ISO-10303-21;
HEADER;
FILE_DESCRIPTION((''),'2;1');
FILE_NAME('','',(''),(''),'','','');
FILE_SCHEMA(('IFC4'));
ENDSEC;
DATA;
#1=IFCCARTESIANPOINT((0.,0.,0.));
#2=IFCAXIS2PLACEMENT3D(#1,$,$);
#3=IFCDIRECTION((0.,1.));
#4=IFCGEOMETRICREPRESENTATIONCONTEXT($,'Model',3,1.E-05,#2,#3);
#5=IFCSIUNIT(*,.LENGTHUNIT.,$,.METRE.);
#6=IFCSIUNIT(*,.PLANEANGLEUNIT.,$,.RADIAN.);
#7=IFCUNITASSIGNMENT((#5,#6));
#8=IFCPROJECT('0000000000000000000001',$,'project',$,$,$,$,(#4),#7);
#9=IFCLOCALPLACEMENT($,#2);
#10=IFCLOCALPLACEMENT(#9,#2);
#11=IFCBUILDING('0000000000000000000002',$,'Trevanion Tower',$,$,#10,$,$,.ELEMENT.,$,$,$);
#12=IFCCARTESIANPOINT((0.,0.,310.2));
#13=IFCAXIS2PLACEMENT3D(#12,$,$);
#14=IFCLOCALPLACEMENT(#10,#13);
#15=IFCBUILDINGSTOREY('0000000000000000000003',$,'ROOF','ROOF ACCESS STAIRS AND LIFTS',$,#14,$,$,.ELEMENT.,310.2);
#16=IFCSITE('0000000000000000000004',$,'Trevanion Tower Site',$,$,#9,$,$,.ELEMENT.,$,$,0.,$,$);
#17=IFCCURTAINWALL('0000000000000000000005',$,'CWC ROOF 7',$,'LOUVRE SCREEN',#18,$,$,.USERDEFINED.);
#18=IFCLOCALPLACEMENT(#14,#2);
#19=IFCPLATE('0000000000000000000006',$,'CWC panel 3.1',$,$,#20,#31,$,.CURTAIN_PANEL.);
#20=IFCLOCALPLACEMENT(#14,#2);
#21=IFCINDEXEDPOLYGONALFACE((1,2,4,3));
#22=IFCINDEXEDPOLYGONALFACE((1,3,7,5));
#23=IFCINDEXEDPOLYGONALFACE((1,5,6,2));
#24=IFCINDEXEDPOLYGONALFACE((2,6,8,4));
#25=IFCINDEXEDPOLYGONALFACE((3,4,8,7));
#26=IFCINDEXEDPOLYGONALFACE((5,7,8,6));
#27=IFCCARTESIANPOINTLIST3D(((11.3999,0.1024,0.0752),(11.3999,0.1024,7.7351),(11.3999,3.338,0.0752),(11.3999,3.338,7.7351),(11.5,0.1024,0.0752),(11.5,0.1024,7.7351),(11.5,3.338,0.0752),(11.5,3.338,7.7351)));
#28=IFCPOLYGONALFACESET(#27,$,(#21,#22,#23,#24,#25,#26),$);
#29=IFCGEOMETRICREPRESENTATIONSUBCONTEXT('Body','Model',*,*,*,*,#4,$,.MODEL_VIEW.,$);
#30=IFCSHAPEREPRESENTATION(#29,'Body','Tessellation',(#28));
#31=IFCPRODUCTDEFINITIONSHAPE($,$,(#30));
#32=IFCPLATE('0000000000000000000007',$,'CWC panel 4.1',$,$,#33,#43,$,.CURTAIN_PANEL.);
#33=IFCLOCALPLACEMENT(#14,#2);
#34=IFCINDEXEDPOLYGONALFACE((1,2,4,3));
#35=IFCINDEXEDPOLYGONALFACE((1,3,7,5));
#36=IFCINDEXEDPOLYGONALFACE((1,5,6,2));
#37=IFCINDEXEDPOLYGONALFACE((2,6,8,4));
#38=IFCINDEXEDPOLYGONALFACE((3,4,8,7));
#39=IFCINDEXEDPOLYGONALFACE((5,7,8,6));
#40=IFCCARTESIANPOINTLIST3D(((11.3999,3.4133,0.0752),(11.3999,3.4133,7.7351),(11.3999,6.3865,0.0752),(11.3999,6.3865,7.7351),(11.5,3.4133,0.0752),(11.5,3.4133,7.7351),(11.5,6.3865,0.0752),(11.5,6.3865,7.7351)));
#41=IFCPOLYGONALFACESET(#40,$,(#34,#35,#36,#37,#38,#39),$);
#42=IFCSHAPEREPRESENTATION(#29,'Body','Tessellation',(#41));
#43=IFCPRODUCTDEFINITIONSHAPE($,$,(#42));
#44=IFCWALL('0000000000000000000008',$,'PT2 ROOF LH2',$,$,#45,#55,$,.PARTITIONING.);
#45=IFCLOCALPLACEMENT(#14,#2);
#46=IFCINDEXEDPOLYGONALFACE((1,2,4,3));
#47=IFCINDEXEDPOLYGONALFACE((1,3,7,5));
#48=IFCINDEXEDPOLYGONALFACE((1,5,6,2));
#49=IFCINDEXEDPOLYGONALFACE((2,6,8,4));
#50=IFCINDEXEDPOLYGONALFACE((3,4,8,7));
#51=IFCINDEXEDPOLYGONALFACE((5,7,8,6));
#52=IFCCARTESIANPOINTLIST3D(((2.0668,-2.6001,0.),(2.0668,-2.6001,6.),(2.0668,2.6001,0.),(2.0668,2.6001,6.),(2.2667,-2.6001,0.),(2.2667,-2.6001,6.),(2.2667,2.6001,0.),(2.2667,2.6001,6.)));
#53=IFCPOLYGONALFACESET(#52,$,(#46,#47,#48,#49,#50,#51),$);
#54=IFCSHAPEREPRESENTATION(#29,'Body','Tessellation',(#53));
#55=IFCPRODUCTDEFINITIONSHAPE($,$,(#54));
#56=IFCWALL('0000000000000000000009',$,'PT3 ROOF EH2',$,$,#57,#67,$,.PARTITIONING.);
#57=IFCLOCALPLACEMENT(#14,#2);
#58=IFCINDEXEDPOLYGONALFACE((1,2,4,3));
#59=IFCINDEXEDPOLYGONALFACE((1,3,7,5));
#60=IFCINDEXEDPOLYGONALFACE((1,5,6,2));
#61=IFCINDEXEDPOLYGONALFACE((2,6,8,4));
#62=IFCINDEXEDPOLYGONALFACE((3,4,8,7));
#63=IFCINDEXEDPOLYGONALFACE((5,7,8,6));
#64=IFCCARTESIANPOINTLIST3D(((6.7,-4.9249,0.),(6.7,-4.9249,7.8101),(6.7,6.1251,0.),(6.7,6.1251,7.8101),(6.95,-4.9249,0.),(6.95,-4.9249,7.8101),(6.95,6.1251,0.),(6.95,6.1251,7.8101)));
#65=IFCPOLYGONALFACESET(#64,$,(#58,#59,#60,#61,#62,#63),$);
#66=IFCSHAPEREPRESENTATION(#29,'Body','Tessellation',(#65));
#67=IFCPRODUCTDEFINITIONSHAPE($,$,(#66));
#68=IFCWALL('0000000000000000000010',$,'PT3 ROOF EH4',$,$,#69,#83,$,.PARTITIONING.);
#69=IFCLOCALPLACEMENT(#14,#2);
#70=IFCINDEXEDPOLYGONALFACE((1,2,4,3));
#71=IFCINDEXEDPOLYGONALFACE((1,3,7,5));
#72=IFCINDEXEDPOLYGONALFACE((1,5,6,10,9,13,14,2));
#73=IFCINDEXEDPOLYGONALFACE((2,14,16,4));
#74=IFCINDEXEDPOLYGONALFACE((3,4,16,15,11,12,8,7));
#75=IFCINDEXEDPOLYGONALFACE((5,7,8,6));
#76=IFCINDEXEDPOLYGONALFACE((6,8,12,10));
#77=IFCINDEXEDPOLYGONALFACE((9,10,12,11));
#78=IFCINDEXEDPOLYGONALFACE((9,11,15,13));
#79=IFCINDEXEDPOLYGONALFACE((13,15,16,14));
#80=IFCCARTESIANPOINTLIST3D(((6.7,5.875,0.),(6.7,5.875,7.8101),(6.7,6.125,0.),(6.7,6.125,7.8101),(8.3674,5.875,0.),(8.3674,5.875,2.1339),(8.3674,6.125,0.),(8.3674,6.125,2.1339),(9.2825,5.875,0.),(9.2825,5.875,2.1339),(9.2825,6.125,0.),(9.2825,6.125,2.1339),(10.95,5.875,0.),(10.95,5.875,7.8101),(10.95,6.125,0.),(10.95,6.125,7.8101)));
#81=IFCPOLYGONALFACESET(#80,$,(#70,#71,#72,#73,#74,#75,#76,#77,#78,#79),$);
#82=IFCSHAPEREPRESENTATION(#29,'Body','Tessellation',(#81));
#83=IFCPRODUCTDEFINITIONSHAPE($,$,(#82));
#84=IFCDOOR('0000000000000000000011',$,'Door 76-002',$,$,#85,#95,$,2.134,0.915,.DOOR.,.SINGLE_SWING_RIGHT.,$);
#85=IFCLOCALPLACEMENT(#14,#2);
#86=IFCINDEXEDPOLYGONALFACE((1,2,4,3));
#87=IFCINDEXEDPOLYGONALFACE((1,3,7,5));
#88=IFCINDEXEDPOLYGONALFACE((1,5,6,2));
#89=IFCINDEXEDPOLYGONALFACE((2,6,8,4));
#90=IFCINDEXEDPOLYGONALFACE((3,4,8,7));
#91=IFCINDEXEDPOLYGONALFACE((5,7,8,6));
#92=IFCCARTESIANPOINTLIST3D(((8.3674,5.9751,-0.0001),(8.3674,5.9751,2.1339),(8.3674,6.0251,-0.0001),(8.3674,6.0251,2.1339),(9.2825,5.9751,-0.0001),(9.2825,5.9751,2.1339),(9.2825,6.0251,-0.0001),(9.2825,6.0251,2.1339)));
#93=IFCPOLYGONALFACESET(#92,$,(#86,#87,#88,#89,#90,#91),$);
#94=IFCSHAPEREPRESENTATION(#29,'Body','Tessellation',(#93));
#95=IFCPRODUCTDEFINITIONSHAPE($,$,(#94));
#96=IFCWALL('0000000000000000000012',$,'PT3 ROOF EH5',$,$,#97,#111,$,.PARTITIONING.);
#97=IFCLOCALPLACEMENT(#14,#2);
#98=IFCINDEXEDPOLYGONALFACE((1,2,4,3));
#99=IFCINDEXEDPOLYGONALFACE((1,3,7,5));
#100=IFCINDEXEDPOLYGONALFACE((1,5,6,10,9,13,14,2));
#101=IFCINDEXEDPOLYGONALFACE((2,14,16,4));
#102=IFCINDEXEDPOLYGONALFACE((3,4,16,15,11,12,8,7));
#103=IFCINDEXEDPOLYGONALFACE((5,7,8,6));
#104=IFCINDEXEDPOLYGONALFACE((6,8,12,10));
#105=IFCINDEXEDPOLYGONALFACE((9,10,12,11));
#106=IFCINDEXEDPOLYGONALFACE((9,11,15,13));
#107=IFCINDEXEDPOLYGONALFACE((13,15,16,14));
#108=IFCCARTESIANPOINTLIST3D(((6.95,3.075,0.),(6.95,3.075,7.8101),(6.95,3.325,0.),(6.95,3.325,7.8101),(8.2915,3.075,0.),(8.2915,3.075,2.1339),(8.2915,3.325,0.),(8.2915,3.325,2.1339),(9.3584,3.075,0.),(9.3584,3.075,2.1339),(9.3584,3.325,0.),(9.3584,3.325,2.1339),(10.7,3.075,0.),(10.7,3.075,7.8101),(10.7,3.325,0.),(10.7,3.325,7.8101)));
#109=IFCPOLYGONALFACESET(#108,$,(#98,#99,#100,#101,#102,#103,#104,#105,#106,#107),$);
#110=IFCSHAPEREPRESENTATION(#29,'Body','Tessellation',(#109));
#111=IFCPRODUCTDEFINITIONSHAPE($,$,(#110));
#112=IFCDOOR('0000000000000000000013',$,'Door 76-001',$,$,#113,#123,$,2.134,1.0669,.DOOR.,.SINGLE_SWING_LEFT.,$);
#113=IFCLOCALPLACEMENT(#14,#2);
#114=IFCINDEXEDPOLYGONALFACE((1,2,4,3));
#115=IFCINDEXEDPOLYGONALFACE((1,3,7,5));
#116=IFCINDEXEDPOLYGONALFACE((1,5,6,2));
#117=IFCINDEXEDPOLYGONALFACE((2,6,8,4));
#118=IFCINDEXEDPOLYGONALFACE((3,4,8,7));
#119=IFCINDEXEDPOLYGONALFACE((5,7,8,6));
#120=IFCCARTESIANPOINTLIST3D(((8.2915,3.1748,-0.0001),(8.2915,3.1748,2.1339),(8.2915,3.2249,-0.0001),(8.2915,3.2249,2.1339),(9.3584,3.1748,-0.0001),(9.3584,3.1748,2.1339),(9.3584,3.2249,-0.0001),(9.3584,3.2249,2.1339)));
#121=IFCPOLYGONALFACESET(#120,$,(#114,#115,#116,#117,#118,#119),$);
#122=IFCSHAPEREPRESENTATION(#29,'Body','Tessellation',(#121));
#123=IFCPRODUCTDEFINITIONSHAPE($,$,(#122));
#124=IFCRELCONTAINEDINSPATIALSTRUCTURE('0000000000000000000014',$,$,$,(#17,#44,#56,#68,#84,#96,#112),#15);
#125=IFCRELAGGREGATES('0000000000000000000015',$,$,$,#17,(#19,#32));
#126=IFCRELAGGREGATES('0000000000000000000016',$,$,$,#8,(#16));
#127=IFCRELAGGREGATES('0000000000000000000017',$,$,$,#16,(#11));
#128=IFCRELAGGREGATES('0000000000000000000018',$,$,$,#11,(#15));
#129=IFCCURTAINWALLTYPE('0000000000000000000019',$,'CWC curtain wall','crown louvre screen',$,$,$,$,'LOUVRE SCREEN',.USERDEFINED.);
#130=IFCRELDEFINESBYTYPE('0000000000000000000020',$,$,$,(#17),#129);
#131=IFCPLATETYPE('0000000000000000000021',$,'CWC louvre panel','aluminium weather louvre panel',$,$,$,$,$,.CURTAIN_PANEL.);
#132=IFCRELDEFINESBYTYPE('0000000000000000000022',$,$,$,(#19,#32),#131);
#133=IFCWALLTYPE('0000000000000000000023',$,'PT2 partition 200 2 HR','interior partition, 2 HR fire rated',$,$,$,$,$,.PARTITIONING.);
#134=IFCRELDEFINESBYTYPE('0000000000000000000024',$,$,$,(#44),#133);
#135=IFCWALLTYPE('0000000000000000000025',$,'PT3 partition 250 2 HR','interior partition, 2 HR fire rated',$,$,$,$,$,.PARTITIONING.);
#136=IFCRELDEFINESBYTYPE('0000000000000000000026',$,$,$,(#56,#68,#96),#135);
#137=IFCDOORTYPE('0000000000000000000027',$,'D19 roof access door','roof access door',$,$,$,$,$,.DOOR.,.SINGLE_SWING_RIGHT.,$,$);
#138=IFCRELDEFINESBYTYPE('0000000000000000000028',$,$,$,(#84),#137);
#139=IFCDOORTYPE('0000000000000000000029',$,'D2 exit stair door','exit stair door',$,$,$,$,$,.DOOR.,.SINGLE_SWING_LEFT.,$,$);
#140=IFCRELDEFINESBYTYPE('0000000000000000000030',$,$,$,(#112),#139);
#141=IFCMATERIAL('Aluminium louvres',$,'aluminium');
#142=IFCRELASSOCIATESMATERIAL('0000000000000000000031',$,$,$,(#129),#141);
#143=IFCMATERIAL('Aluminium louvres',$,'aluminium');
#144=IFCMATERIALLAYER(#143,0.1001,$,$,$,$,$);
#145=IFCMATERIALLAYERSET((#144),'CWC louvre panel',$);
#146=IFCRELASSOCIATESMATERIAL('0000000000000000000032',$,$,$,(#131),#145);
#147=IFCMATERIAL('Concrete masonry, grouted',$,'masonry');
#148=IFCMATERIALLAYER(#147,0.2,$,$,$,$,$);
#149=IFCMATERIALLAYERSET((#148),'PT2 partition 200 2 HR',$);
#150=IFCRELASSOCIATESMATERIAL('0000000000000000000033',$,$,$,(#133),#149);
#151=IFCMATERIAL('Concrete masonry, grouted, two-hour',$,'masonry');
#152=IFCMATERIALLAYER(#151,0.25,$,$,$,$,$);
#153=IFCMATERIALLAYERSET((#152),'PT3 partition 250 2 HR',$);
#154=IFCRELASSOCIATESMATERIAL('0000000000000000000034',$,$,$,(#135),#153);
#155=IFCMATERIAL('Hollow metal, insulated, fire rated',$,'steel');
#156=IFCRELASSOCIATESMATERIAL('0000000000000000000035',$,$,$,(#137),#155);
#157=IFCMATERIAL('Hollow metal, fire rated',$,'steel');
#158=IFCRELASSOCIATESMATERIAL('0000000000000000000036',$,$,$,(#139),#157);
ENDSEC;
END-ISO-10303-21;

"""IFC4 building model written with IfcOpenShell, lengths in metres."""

from ifc_helpers import new_model, si_unit, direction, frame, frame_2d, origin, origin_2d, place, context, subcontext, project, spatial, rectangle, extrude, material, layer, layer_set, type_object, element, fill, aggregate, save


model = new_model("IFC4")

# Units and contexts
model_context = context("Model", 3, precision=1e-05, world=origin(), true_north=direction((0.0, 1.0)))
body_context = subcontext(model_context, "Body", "Model", "MODEL_VIEW")
ifc_project = project(units=[si_unit("LENGTHUNIT", "METRE"), si_unit("PLANEANGLEUNIT", "RADIAN")], contexts=[model_context])

# Site, building, storey
site_placement = place(None, origin())
site = spatial("IfcSite", under=ifc_project, at=site_placement, Name="Trevanion Tower Site", CompositionType="ELEMENT", RefElevation=0.0)
building_placement = place(site_placement, origin())
building = spatial("IfcBuilding", under=site, at=building_placement, Name="Trevanion Tower", CompositionType="ELEMENT")
storey_placement = place(building_placement, frame((0.0, 0.0, 310.2)))
storey = spatial("IfcBuildingStorey", under=building, at=storey_placement, Name="ROOF", Description="ROOF ACCESS STAIRS AND LIFTS", CompositionType="ELEMENT", Elevation=310.2)

# Curtain wall
ifc_material_1 = material(Name="Aluminium louvres", Category="aluminium")
curtain_wall_type = type_object("IfcCurtainWallType", Name="CWC curtain wall", Description="crown louvre screen", ElementType="LOUVRE SCREEN", PredefinedType="USERDEFINED", material=ifc_material_1)
curtain_wall_placement = place(storey_placement, origin())
curtain_wall = element("IfcCurtainWall", 1, at=curtain_wall_placement, inside=storey, type_object=curtain_wall_type, Name="CWC ROOF 7", ObjectType="LOUVRE SCREEN", PredefinedType="USERDEFINED")

# Plates
ifc_material_2 = material(Name="Aluminium louvres", Category="aluminium")
ifc_layer_1 = layer(ifc_material_2, 0.1001)
ifc_layer_set_1 = layer_set([ifc_layer_1], Name="CWC louvre panel")
plate_type = type_object("IfcPlateType", Name="CWC louvre panel", Description="aluminium weather louvre panel", PredefinedType="CURTAIN_PANEL", material=ifc_layer_set_1)
plate_1_placement = place(storey_placement, frame((11.45, 1.7202, 0.0752), z_axis=(0.0, 0.0, 1.0), x_axis=(0.0, 1.0, 0.0)))
plate_1 = element("IfcPlate", 2, at=plate_1_placement, type_object=plate_type, Name="CWC panel 3.1", PredefinedType="CURTAIN_PANEL", context=body_context, shape_type="SweptSolid", body=[
    extrude(rectangle(XDim=3.2356, YDim=0.1001, at=origin_2d()), origin(), (0.0, 0.0, 1.0), 7.6599),
])
plate_2_placement = place(storey_placement, frame((11.45, 4.8999, 0.0752), z_axis=(0.0, 0.0, 1.0), x_axis=(0.0, 1.0, 0.0)))
plate_2 = element("IfcPlate", 3, at=plate_2_placement, type_object=plate_type, Name="CWC panel 4.1", PredefinedType="CURTAIN_PANEL", context=body_context, shape_type="SweptSolid", body=[
    extrude(rectangle(XDim=2.9731, YDim=0.1001, at=origin_2d()), origin(), (0.0, 0.0, 1.0), 7.6599),
])
aggregate(curtain_wall, [plate_1, plate_2])

# Walls
ifc_material_3 = material(Name="Concrete masonry, grouted", Category="masonry")
ifc_layer_2 = layer(ifc_material_3, 0.2)
ifc_layer_set_2 = layer_set([ifc_layer_2], Name="PT2 partition 200 2 HR")
wall_type_1 = type_object("IfcWallType", Name="PT2 partition 200 2 HR", Description="interior partition, 2 HR fire rated", PredefinedType="PARTITIONING", material=ifc_layer_set_2)
wall_1_placement = place(storey_placement, frame((2.1667, 2.6001, 0.0), z_axis=(0.0, 0.0, 1.0), x_axis=(0.0, -1.0, 0.0)))
element("IfcWall", 4, at=wall_1_placement, inside=storey, type_object=wall_type_1, Name="PT2 ROOF LH2", PredefinedType="PARTITIONING", context=body_context, shape_type="SweptSolid", body=[
    extrude(rectangle(XDim=5.2002, YDim=0.2, at=frame_2d((2.6001, 0.0))), origin(), (0.0, 0.0, 1.0), 6.0),
])
ifc_material_4 = material(Name="Concrete masonry, grouted, two-hour", Category="masonry")
ifc_layer_3 = layer(ifc_material_4, 0.25)
ifc_layer_set_3 = layer_set([ifc_layer_3], Name="PT3 partition 250 2 HR")
wall_type_2 = type_object("IfcWallType", Name="PT3 partition 250 2 HR", Description="interior partition, 2 HR fire rated", PredefinedType="PARTITIONING", material=ifc_layer_set_3)
wall_2_placement = place(storey_placement, frame((6.825, 6.125, 0.0), z_axis=(0.0, 0.0, 1.0), x_axis=(0.0, -1.0, 0.0)))
element("IfcWall", 5, at=wall_2_placement, inside=storey, type_object=wall_type_2, Name="PT3 ROOF EH2", PredefinedType="PARTITIONING", context=body_context, shape_type="SweptSolid", body=[
    extrude(rectangle(XDim=11.05, YDim=0.25, at=frame_2d((5.5249, 0.0))), origin(), (0.0, 0.0, 1.0), 7.8101),
])

# Walls, openings, doors
wall_3_placement = place(storey_placement, frame((10.95, 6.0, 0.0), z_axis=(0.0, 0.0, 1.0), x_axis=(-1.0, 0.0, 0.0)))
wall_3 = element("IfcWall", 6, at=wall_3_placement, inside=storey, type_object=wall_type_2, Name="PT3 ROOF EH4", PredefinedType="PARTITIONING", context=body_context, shape_type="SweptSolid", body=[
    extrude(rectangle(XDim=4.25, YDim=0.25, at=frame_2d((2.125, 0.0))), origin(), (0.0, 0.0, 1.0), 7.8101),
])
opening_1_placement = place(wall_3_placement, frame((1.6675, 0.0, 0.0)))
opening_1 = element("IfcOpeningElement", 7, at=opening_1_placement, cuts=wall_3, PredefinedType="OPENING", context=body_context, shape_type="SweptSolid", body=[
    extrude(rectangle(XDim=0.915, YDim=2.134, at=frame_2d((0.4575, 1.0669))), frame((0.0, 0.135, 0.0), z_axis=(0.0, -1.0, 0.0), x_axis=(1.0, 0.0, 0.0)), (0.0, 0.0, 1.0), 0.27),
])
ifc_material_5 = material(Name="Hollow metal, insulated, fire rated", Category="steel")
door_type_1 = type_object("IfcDoorType", Name="D19 roof access door", Description="roof access door", OperationType="SINGLE_SWING_RIGHT", PredefinedType="DOOR", material=ifc_material_5)
door_1_placement = place(opening_1_placement, origin())
door_1 = element("IfcDoor", 8, at=door_1_placement, inside=storey, type_object=door_type_1, Name="Door 76-002", OperationType="SINGLE_SWING_RIGHT", OverallHeight=2.134, OverallWidth=0.915, PredefinedType="DOOR", context=body_context, shape_type="SweptSolid", body=[
    extrude(rectangle(XDim=0.915, YDim=2.134, at=frame_2d((0.4575, 1.0669))), frame((0.0, 0.0249, 0.0), z_axis=(0.0, -1.0, 0.0), x_axis=(1.0, 0.0, 0.0)), (0.0, 0.0, 1.0), 0.05),
])
fill(opening_1, door_1)
wall_4_placement = place(storey_placement, frame((6.95, 3.2, 0.0), z_axis=(0.0, 0.0, 1.0), x_axis=(1.0, 0.0, 0.0)))
wall_4 = element("IfcWall", 9, at=wall_4_placement, inside=storey, type_object=wall_type_2, Name="PT3 ROOF EH5", PredefinedType="PARTITIONING", context=body_context, shape_type="SweptSolid", body=[
    extrude(rectangle(XDim=3.75, YDim=0.25, at=frame_2d((1.875, 0.0))), origin(), (0.0, 0.0, 1.0), 7.8101),
])
opening_2_placement = place(wall_4_placement, frame((1.3416, 0.0, 0.0)))
opening_2 = element("IfcOpeningElement", 10, at=opening_2_placement, cuts=wall_4, PredefinedType="OPENING", context=body_context, shape_type="SweptSolid", body=[
    extrude(rectangle(XDim=1.0669, YDim=2.134, at=frame_2d((0.5334, 1.0669))), frame((0.0, 0.135, 0.0), z_axis=(0.0, -1.0, 0.0), x_axis=(1.0, 0.0, 0.0)), (0.0, 0.0, 1.0), 0.27),
])
ifc_material_6 = material(Name="Hollow metal, fire rated", Category="steel")
door_type_2 = type_object("IfcDoorType", Name="D2 exit stair door", Description="exit stair door", OperationType="SINGLE_SWING_LEFT", PredefinedType="DOOR", material=ifc_material_6)
door_2_placement = place(opening_2_placement, origin())
door_2 = element("IfcDoor", 11, at=door_2_placement, inside=storey, type_object=door_type_2, Name="Door 76-001", OperationType="SINGLE_SWING_LEFT", OverallHeight=2.134, OverallWidth=1.0669, PredefinedType="DOOR", context=body_context, shape_type="SweptSolid", body=[
    extrude(rectangle(XDim=1.0669, YDim=2.134, at=frame_2d((0.5334, 1.0669))), frame((0.0, 0.0249, 0.0), z_axis=(0.0, -1.0, 0.0), x_axis=(1.0, 0.0, 0.0)), (0.0, 0.0, 1.0), 0.05),
])
fill(opening_2, door_2)

save(model, "model.ifc")
